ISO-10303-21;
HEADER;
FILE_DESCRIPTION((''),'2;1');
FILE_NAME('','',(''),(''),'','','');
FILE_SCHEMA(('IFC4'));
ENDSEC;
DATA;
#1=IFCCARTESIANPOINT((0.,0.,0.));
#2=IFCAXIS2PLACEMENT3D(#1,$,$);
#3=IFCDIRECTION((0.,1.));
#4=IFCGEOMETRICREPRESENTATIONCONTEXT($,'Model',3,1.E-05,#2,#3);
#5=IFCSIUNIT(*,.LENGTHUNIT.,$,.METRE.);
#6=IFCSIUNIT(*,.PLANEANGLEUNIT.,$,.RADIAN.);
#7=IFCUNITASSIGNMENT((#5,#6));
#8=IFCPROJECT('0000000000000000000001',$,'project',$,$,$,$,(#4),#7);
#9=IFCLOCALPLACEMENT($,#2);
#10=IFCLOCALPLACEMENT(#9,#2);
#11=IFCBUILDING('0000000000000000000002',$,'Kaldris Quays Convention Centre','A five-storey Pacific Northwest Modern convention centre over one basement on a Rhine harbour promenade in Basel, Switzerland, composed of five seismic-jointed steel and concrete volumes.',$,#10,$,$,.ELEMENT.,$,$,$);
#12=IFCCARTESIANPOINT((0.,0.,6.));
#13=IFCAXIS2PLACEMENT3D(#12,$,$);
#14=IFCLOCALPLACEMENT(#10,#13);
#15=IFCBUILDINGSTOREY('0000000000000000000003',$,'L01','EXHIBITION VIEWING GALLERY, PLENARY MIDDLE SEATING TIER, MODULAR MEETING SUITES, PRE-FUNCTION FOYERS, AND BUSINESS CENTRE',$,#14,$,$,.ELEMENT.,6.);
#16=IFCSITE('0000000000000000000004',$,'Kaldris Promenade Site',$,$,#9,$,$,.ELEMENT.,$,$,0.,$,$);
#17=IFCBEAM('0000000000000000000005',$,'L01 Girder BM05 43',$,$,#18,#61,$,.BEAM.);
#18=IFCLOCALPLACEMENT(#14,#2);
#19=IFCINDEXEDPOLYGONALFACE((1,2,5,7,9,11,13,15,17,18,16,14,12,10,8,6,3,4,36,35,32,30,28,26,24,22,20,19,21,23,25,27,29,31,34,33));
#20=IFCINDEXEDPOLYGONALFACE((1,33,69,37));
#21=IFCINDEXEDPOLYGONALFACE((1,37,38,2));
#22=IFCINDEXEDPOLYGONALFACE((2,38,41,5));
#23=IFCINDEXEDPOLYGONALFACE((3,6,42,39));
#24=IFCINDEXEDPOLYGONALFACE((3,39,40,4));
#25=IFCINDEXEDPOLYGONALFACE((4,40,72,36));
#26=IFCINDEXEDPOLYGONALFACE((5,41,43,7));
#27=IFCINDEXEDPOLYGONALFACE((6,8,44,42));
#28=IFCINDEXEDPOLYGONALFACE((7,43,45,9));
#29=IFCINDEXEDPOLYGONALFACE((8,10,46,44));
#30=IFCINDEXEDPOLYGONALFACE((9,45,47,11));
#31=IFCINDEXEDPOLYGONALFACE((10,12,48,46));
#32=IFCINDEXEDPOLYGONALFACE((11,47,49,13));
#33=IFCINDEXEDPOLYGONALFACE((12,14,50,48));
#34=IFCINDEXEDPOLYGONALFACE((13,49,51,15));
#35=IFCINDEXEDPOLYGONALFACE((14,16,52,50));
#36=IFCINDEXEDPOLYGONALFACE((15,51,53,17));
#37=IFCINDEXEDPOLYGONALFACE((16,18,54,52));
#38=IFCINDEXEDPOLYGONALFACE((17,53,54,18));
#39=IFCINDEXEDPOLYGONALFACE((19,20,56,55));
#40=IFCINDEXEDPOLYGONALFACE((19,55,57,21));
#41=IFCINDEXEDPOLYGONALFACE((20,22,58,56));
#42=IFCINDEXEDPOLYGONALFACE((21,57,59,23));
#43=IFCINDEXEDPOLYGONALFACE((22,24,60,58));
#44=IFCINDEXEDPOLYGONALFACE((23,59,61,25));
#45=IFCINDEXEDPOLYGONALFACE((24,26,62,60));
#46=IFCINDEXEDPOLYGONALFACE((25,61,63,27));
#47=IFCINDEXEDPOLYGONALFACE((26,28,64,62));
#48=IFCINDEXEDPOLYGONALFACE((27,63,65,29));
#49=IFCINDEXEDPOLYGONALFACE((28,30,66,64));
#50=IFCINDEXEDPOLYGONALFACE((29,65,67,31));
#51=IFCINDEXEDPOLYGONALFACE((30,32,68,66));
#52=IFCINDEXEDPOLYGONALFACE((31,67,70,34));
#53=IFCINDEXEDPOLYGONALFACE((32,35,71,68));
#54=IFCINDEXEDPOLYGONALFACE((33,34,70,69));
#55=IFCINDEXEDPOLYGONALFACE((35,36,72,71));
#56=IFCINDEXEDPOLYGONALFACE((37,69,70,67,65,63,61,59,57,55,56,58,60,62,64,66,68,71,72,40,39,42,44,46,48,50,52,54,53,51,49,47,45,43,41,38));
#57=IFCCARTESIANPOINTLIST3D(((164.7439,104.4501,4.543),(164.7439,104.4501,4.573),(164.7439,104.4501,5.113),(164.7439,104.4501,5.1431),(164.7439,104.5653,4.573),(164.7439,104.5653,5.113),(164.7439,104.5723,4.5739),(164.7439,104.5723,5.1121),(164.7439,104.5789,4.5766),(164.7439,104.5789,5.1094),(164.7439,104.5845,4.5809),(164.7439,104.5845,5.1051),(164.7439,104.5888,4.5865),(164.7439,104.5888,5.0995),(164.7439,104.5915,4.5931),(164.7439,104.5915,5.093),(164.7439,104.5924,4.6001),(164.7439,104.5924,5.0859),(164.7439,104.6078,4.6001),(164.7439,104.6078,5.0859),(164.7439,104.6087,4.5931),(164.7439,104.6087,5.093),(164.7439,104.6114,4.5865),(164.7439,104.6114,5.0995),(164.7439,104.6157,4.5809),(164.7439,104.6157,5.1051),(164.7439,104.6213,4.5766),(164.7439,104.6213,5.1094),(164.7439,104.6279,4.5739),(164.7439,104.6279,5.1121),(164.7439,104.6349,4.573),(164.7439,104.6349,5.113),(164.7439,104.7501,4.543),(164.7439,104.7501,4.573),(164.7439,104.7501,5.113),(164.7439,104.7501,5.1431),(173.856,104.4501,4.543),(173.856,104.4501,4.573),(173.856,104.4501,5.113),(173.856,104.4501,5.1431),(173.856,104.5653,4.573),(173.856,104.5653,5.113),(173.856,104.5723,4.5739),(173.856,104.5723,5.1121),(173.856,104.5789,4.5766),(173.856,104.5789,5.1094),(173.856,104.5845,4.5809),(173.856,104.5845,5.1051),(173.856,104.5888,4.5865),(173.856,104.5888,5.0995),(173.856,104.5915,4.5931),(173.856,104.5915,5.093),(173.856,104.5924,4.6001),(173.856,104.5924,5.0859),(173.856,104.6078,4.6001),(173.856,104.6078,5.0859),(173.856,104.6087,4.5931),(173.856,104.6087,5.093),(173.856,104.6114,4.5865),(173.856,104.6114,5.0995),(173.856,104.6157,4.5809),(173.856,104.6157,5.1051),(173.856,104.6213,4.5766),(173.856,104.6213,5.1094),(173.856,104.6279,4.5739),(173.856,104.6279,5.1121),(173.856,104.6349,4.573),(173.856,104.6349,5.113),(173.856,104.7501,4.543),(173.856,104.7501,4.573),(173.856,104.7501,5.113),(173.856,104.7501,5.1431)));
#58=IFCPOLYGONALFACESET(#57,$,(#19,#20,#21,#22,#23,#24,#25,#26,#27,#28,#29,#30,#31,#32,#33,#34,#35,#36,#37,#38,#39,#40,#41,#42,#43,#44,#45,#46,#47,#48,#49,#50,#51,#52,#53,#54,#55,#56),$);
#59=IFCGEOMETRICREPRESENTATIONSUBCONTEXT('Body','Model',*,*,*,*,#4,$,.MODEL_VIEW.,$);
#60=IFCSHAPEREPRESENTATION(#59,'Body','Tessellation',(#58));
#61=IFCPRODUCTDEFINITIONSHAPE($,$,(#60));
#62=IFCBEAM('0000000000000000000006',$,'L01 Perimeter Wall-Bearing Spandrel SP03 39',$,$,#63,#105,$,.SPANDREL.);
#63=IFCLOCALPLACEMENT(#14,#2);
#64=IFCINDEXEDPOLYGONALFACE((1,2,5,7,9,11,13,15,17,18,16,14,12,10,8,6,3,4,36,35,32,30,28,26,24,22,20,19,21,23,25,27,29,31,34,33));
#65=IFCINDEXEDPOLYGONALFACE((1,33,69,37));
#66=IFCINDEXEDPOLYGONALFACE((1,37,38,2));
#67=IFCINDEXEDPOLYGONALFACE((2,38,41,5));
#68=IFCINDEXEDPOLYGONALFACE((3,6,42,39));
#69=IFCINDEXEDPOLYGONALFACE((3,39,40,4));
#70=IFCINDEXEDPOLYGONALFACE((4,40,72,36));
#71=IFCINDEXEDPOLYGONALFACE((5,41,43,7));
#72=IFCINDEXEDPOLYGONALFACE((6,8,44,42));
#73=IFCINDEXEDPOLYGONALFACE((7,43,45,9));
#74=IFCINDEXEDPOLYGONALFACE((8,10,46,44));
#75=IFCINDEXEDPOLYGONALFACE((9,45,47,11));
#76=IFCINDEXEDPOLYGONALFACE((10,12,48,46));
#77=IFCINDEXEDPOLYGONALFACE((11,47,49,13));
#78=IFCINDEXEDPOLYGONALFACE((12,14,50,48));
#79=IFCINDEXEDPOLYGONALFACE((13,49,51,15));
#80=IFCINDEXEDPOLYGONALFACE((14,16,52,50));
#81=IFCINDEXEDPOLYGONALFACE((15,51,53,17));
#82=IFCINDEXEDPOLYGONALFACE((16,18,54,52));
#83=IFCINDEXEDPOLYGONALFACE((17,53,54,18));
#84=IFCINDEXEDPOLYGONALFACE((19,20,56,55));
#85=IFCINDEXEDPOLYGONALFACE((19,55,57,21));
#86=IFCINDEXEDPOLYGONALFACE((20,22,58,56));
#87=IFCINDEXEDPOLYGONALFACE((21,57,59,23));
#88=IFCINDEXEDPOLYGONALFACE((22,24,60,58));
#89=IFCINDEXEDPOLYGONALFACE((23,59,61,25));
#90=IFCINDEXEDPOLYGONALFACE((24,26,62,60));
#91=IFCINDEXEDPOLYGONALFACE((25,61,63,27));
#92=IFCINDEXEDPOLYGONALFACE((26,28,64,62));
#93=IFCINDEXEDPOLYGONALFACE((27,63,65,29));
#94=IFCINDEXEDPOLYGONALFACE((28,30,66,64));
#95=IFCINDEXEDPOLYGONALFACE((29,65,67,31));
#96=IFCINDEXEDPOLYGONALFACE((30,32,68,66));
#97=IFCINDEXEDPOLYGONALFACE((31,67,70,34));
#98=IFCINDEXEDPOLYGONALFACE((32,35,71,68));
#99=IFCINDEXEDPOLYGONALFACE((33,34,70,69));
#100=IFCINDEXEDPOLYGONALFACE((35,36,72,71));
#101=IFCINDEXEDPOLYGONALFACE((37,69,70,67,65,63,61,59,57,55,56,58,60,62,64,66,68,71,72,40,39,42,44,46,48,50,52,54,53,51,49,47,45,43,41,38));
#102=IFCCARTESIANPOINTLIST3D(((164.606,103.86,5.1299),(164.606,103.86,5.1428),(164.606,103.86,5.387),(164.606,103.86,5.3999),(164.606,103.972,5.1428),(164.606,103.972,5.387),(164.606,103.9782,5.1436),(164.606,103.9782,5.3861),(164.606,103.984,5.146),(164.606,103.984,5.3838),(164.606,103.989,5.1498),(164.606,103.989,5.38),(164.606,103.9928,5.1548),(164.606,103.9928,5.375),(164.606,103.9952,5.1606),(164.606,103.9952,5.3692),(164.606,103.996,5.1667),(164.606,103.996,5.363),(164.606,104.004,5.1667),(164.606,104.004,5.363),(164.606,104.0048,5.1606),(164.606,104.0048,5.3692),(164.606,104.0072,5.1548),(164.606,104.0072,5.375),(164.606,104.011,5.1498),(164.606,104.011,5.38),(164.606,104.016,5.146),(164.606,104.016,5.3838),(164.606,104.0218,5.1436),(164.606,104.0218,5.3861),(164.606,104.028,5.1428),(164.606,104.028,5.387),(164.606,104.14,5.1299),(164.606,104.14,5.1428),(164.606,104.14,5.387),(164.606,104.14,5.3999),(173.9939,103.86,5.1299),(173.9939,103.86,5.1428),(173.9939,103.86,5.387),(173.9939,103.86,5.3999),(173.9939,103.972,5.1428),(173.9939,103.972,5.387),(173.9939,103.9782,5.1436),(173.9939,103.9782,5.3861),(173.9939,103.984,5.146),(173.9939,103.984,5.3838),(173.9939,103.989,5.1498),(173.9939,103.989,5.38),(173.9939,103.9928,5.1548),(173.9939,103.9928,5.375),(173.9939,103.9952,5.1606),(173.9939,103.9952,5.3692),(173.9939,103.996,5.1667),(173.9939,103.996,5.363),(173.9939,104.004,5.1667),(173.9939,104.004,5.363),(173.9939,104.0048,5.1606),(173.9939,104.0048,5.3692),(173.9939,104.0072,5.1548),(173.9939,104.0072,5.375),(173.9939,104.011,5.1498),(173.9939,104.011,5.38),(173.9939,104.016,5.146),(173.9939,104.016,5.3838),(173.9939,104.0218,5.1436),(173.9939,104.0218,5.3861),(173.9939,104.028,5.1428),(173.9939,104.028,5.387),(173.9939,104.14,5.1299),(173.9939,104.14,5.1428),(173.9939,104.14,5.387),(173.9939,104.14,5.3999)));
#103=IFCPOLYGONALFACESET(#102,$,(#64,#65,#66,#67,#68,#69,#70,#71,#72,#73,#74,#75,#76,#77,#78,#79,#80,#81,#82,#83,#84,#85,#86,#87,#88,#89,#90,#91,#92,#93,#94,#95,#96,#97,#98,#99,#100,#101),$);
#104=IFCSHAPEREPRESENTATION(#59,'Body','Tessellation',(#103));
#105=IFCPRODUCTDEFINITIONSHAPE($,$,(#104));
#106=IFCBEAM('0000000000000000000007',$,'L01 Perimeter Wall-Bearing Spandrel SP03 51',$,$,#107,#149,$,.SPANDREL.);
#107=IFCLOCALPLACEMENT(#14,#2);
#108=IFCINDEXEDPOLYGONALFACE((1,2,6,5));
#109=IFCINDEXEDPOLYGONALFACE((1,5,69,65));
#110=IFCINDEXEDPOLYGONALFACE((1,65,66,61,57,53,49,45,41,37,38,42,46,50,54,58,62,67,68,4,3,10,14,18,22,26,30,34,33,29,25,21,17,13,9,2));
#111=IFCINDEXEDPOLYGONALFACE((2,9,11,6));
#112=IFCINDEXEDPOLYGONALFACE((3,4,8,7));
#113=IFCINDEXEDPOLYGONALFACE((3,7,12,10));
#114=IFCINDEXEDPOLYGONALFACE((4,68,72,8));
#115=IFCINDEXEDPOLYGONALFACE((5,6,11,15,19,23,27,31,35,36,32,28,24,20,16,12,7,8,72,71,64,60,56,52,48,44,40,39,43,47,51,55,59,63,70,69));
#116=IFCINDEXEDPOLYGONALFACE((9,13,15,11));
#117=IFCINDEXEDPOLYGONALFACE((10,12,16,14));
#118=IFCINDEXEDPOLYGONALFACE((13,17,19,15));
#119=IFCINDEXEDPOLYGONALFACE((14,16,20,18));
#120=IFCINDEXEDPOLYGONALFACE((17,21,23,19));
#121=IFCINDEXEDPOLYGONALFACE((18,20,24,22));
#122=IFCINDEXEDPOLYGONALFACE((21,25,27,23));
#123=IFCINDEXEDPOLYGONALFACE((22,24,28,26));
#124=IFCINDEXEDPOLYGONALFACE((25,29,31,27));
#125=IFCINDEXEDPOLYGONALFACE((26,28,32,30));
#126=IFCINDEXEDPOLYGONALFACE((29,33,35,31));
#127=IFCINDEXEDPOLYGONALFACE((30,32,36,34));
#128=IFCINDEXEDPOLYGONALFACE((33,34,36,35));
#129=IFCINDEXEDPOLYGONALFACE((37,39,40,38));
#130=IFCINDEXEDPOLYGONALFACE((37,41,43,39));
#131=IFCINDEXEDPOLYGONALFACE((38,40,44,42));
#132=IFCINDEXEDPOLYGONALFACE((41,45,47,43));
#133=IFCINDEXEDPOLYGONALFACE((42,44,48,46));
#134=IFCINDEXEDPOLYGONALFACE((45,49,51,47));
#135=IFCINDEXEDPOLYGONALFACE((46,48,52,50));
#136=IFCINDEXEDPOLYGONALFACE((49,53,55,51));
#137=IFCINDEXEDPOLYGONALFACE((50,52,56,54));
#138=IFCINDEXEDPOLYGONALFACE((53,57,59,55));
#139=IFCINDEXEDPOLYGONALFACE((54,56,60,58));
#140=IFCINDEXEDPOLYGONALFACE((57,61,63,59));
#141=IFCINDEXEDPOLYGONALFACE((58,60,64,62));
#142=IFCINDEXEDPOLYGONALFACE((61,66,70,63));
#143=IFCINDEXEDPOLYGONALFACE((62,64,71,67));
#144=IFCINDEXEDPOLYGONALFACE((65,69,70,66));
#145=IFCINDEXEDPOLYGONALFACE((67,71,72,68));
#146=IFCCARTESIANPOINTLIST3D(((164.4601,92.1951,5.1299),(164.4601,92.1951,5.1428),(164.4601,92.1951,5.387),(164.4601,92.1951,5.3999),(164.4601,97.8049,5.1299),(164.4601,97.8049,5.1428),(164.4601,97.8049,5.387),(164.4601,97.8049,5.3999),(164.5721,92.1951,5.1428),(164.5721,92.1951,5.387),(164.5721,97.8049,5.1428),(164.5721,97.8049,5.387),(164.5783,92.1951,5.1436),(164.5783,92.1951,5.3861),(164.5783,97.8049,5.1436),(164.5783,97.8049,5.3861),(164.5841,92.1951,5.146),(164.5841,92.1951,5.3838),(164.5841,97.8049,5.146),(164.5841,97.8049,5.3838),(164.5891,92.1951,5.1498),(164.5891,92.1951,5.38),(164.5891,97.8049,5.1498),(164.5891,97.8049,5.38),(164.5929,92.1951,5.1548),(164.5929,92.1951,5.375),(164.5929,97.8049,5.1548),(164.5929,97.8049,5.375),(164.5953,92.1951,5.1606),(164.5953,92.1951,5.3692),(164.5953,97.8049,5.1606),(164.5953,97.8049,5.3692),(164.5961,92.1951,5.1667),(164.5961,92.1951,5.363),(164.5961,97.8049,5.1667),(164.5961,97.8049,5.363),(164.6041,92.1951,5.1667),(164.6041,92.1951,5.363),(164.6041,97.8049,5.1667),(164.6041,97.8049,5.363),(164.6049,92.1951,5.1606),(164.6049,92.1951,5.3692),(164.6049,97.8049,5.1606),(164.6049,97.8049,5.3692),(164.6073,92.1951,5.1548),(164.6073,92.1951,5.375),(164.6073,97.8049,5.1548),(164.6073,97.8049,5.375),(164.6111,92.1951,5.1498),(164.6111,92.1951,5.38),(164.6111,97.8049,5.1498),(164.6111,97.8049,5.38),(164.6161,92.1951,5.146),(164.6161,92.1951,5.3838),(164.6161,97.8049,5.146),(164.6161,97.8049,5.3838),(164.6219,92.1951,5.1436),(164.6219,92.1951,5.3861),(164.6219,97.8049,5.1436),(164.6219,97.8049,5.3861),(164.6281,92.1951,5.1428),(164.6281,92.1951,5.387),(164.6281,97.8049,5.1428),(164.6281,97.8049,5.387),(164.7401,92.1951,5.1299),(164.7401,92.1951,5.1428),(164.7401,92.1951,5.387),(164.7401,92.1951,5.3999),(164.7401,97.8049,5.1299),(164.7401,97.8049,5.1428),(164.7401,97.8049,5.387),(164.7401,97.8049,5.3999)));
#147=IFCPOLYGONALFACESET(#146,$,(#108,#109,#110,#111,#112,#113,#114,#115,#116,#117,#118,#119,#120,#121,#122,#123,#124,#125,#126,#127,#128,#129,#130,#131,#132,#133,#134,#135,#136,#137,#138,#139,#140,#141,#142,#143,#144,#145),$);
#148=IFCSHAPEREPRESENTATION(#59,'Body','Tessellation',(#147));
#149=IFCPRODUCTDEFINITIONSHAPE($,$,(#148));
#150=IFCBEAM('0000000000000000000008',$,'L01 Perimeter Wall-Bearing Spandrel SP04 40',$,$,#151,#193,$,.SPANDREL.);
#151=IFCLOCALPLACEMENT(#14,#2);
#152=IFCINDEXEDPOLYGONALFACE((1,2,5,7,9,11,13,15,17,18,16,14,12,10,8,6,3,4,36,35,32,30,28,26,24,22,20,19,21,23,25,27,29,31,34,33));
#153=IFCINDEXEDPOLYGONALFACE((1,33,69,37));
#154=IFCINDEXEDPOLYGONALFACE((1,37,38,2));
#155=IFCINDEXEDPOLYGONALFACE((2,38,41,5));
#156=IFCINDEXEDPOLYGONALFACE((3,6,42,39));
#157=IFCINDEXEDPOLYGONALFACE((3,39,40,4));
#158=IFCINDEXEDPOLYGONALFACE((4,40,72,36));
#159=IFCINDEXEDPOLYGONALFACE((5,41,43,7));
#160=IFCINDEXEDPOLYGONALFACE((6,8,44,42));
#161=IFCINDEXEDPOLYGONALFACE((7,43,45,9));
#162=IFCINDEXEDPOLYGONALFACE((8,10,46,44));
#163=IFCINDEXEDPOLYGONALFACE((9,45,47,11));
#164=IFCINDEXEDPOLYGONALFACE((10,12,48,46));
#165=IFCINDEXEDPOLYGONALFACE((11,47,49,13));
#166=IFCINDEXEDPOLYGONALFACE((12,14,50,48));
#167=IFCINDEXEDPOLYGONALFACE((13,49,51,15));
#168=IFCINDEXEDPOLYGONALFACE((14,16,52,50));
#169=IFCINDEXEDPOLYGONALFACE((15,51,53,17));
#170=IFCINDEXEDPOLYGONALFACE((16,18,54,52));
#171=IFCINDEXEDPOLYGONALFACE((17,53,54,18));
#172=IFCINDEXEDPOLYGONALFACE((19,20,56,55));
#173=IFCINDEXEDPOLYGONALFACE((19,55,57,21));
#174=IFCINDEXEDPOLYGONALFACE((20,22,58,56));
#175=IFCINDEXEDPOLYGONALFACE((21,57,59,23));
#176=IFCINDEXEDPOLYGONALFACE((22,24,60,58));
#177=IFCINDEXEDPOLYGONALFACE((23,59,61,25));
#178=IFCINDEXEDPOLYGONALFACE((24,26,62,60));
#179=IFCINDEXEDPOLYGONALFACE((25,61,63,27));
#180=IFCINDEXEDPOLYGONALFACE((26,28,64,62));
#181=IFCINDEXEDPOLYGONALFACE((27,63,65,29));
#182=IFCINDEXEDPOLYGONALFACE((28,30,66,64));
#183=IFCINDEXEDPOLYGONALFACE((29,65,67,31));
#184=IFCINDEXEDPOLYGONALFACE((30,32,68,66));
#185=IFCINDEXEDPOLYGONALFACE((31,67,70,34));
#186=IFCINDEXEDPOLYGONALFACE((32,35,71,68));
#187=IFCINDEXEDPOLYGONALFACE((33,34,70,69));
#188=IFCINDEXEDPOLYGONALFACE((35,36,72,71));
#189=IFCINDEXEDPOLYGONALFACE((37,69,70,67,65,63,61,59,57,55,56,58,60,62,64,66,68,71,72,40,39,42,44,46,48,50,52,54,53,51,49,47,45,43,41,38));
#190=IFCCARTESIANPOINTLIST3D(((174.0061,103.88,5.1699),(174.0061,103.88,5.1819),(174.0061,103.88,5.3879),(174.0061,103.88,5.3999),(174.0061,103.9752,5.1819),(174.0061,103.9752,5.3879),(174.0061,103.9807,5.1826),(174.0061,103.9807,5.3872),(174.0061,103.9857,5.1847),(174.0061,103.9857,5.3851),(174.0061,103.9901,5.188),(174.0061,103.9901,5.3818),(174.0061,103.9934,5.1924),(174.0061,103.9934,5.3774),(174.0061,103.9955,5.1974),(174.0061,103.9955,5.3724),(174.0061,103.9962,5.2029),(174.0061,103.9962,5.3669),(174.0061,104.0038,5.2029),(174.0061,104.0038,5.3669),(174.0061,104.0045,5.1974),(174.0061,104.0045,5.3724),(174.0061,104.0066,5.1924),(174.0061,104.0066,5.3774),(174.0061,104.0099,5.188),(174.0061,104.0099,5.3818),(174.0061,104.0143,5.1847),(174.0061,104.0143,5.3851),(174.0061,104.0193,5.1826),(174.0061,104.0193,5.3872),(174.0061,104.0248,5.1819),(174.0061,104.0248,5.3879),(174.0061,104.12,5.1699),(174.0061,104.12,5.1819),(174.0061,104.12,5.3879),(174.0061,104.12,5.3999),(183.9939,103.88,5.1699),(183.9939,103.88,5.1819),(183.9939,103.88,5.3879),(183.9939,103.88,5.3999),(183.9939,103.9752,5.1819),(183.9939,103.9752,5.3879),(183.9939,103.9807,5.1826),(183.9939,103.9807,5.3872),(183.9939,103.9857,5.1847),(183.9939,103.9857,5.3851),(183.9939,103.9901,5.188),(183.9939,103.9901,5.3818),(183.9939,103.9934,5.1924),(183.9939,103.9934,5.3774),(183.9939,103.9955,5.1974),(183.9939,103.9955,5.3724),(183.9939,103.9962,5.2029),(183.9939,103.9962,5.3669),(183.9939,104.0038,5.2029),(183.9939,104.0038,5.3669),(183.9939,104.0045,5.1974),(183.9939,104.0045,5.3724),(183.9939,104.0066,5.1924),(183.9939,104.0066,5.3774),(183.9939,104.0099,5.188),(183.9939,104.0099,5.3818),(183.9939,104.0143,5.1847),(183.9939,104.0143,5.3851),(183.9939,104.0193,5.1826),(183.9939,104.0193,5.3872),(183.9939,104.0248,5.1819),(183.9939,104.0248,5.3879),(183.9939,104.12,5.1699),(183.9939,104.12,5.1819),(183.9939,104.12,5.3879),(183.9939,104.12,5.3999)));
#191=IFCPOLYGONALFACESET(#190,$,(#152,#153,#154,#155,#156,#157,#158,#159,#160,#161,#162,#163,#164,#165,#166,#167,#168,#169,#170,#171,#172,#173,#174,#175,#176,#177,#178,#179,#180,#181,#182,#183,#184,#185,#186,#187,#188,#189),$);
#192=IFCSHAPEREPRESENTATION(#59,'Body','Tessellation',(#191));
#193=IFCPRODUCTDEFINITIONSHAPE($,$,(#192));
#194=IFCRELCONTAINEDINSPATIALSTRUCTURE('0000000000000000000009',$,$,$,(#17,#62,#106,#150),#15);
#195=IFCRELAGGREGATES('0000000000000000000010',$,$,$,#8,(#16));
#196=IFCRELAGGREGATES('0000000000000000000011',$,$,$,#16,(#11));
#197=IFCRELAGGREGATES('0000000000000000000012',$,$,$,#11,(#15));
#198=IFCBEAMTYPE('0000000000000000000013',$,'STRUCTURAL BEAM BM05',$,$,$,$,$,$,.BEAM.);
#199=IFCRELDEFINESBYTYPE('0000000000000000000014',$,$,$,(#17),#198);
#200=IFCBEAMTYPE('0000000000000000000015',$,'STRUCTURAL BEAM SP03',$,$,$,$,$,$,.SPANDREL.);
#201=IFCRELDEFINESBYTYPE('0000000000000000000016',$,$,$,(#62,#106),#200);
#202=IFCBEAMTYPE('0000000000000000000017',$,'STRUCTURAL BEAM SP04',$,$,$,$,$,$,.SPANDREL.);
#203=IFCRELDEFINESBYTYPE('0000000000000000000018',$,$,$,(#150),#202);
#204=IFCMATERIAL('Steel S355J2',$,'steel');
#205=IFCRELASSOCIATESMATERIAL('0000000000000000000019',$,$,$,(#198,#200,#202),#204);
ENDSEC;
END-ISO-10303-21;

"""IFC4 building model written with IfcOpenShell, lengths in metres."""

from ifc_helpers import new_model, si_unit, direction, frame, origin, origin_2d, place, context, subcontext, project, spatial, i_section, extrude, material, material_profile, profile_set, type_object, element, save


model = new_model("IFC4")

# Units and contexts
model_context = context("Model", 3, precision=1e-05, world=origin(), true_north=direction((0.0, 1.0)))
body_context = subcontext(model_context, "Body", "Model", "MODEL_VIEW")
ifc_project = project(units=[si_unit("LENGTHUNIT", "METRE"), si_unit("PLANEANGLEUNIT", "RADIAN")], contexts=[model_context])

# Site, building, storey
site_placement = place(None, origin())
site = spatial("IfcSite", under=ifc_project, at=site_placement, Name="Kaldris Promenade Site", CompositionType="ELEMENT", RefElevation=0.0)
building_placement = place(site_placement, origin())
building = spatial("IfcBuilding", under=site, at=building_placement, Name="Kaldris Quays Convention Centre", Description="A five-storey Pacific Northwest Modern convention centre over one basement on a Rhine harbour promenade in Basel, Switzerland, composed of five seismic-jointed steel and concrete volumes.", CompositionType="ELEMENT")
storey_placement = place(building_placement, frame((0.0, 0.0, 6.0)))
storey = spatial("IfcBuildingStorey", under=building, at=storey_placement, Name="L01", Description="EXHIBITION VIEWING GALLERY, PLENARY MIDDLE SEATING TIER, MODULAR MEETING SUITES, PRE-FUNCTION FOYERS, AND BUSINESS CENTRE", CompositionType="ELEMENT", Elevation=6.0)

# Shared definitions
ifc_material_1 = material(Name="Steel S355J2", Category="steel")

# Beams
ifc_material_profile_1 = material_profile(ifc_material_1, i_section(OverallWidth=0.3, OverallDepth=0.6001, WebThickness=0.0154, FlangeThickness=0.03, FilletRadius=0.0271, at=origin_2d()), Name="HEB 600")
ifc_profile_set_1 = profile_set([ifc_material_profile_1], Name="Steel S355J2")
beam_type_1 = type_object("IfcBeamType", Name="STRUCTURAL BEAM BM05", PredefinedType="BEAM", material=ifc_profile_set_1)
beam_1_placement = place(storey_placement, frame((164.7439, 104.6001, 4.843), z_axis=(1.0, 0.0, 0.0), x_axis=(0.0, 1.0, 0.0)))
element("IfcBeam", 1, at=beam_1_placement, inside=storey, type_object=beam_type_1, Name="L01 Girder BM05 43", PredefinedType="BEAM", context=body_context, shape_type="SweptSolid", body=[
    extrude(i_section(OverallWidth=0.3, OverallDepth=0.6001, WebThickness=0.0154, FlangeThickness=0.03, FilletRadius=0.0271, at=origin_2d()), origin(), (0.0, 0.0, 1.0), 9.1121),
])
ifc_material_profile_2 = material_profile(ifc_material_1, i_section(OverallWidth=0.28, OverallDepth=0.27, WebThickness=0.0081, FlangeThickness=0.0129, FilletRadius=0.0239, at=origin_2d()), Name="HEA 280")
ifc_profile_set_2 = profile_set([ifc_material_profile_2], Name="Steel S355J2")
beam_type_2 = type_object("IfcBeamType", Name="STRUCTURAL BEAM SP03", PredefinedType="SPANDREL", material=ifc_profile_set_2)
beam_2_placement = place(storey_placement, frame((164.606, 104.0, 5.2649), z_axis=(1.0, 0.0, 0.0), x_axis=(0.0, 1.0, 0.0)))
element("IfcBeam", 2, at=beam_2_placement, inside=storey, type_object=beam_type_2, Name="L01 Perimeter Wall-Bearing Spandrel SP03 39", PredefinedType="SPANDREL", context=body_context, shape_type="SweptSolid", body=[
    extrude(i_section(OverallWidth=0.28, OverallDepth=0.27, WebThickness=0.0081, FlangeThickness=0.0129, FilletRadius=0.0239, at=origin_2d()), origin(), (0.0, 0.0, 1.0), 9.3879),
])
beam_3_placement = place(storey_placement, frame((164.6001, 92.1951, 5.2649), z_axis=(0.0, 1.0, 0.0), x_axis=(-1.0, 0.0, 0.0)))
element("IfcBeam", 3, at=beam_3_placement, inside=storey, type_object=beam_type_2, Name="L01 Perimeter Wall-Bearing Spandrel SP03 51", PredefinedType="SPANDREL", context=body_context, shape_type="SweptSolid", body=[
    extrude(i_section(OverallWidth=0.28, OverallDepth=0.27, WebThickness=0.0081, FlangeThickness=0.0129, FilletRadius=0.0239, at=origin_2d()), origin(), (0.0, 0.0, 1.0), 5.6099),
])
ifc_material_profile_3 = material_profile(ifc_material_1, i_section(OverallWidth=0.24, OverallDepth=0.23, WebThickness=0.0076, FlangeThickness=0.012, FilletRadius=0.021, at=origin_2d()), Name="HEA 240")
ifc_profile_set_3 = profile_set([ifc_material_profile_3], Name="Steel S355J2")
beam_type_3 = type_object("IfcBeamType", Name="STRUCTURAL BEAM SP04", PredefinedType="SPANDREL", material=ifc_profile_set_3)
beam_4_placement = place(storey_placement, frame((174.0061, 104.0, 5.2849), z_axis=(1.0, 0.0, 0.0), x_axis=(0.0, 1.0, 0.0)))
element("IfcBeam", 4, at=beam_4_placement, inside=storey, type_object=beam_type_3, Name="L01 Perimeter Wall-Bearing Spandrel SP04 40", PredefinedType="SPANDREL", context=body_context, shape_type="SweptSolid", body=[
    extrude(i_section(OverallWidth=0.24, OverallDepth=0.23, WebThickness=0.0076, FlangeThickness=0.012, FilletRadius=0.021, at=origin_2d()), origin(), (0.0, 0.0, 1.0), 9.9878),
])

save(model, "model.ifc")
